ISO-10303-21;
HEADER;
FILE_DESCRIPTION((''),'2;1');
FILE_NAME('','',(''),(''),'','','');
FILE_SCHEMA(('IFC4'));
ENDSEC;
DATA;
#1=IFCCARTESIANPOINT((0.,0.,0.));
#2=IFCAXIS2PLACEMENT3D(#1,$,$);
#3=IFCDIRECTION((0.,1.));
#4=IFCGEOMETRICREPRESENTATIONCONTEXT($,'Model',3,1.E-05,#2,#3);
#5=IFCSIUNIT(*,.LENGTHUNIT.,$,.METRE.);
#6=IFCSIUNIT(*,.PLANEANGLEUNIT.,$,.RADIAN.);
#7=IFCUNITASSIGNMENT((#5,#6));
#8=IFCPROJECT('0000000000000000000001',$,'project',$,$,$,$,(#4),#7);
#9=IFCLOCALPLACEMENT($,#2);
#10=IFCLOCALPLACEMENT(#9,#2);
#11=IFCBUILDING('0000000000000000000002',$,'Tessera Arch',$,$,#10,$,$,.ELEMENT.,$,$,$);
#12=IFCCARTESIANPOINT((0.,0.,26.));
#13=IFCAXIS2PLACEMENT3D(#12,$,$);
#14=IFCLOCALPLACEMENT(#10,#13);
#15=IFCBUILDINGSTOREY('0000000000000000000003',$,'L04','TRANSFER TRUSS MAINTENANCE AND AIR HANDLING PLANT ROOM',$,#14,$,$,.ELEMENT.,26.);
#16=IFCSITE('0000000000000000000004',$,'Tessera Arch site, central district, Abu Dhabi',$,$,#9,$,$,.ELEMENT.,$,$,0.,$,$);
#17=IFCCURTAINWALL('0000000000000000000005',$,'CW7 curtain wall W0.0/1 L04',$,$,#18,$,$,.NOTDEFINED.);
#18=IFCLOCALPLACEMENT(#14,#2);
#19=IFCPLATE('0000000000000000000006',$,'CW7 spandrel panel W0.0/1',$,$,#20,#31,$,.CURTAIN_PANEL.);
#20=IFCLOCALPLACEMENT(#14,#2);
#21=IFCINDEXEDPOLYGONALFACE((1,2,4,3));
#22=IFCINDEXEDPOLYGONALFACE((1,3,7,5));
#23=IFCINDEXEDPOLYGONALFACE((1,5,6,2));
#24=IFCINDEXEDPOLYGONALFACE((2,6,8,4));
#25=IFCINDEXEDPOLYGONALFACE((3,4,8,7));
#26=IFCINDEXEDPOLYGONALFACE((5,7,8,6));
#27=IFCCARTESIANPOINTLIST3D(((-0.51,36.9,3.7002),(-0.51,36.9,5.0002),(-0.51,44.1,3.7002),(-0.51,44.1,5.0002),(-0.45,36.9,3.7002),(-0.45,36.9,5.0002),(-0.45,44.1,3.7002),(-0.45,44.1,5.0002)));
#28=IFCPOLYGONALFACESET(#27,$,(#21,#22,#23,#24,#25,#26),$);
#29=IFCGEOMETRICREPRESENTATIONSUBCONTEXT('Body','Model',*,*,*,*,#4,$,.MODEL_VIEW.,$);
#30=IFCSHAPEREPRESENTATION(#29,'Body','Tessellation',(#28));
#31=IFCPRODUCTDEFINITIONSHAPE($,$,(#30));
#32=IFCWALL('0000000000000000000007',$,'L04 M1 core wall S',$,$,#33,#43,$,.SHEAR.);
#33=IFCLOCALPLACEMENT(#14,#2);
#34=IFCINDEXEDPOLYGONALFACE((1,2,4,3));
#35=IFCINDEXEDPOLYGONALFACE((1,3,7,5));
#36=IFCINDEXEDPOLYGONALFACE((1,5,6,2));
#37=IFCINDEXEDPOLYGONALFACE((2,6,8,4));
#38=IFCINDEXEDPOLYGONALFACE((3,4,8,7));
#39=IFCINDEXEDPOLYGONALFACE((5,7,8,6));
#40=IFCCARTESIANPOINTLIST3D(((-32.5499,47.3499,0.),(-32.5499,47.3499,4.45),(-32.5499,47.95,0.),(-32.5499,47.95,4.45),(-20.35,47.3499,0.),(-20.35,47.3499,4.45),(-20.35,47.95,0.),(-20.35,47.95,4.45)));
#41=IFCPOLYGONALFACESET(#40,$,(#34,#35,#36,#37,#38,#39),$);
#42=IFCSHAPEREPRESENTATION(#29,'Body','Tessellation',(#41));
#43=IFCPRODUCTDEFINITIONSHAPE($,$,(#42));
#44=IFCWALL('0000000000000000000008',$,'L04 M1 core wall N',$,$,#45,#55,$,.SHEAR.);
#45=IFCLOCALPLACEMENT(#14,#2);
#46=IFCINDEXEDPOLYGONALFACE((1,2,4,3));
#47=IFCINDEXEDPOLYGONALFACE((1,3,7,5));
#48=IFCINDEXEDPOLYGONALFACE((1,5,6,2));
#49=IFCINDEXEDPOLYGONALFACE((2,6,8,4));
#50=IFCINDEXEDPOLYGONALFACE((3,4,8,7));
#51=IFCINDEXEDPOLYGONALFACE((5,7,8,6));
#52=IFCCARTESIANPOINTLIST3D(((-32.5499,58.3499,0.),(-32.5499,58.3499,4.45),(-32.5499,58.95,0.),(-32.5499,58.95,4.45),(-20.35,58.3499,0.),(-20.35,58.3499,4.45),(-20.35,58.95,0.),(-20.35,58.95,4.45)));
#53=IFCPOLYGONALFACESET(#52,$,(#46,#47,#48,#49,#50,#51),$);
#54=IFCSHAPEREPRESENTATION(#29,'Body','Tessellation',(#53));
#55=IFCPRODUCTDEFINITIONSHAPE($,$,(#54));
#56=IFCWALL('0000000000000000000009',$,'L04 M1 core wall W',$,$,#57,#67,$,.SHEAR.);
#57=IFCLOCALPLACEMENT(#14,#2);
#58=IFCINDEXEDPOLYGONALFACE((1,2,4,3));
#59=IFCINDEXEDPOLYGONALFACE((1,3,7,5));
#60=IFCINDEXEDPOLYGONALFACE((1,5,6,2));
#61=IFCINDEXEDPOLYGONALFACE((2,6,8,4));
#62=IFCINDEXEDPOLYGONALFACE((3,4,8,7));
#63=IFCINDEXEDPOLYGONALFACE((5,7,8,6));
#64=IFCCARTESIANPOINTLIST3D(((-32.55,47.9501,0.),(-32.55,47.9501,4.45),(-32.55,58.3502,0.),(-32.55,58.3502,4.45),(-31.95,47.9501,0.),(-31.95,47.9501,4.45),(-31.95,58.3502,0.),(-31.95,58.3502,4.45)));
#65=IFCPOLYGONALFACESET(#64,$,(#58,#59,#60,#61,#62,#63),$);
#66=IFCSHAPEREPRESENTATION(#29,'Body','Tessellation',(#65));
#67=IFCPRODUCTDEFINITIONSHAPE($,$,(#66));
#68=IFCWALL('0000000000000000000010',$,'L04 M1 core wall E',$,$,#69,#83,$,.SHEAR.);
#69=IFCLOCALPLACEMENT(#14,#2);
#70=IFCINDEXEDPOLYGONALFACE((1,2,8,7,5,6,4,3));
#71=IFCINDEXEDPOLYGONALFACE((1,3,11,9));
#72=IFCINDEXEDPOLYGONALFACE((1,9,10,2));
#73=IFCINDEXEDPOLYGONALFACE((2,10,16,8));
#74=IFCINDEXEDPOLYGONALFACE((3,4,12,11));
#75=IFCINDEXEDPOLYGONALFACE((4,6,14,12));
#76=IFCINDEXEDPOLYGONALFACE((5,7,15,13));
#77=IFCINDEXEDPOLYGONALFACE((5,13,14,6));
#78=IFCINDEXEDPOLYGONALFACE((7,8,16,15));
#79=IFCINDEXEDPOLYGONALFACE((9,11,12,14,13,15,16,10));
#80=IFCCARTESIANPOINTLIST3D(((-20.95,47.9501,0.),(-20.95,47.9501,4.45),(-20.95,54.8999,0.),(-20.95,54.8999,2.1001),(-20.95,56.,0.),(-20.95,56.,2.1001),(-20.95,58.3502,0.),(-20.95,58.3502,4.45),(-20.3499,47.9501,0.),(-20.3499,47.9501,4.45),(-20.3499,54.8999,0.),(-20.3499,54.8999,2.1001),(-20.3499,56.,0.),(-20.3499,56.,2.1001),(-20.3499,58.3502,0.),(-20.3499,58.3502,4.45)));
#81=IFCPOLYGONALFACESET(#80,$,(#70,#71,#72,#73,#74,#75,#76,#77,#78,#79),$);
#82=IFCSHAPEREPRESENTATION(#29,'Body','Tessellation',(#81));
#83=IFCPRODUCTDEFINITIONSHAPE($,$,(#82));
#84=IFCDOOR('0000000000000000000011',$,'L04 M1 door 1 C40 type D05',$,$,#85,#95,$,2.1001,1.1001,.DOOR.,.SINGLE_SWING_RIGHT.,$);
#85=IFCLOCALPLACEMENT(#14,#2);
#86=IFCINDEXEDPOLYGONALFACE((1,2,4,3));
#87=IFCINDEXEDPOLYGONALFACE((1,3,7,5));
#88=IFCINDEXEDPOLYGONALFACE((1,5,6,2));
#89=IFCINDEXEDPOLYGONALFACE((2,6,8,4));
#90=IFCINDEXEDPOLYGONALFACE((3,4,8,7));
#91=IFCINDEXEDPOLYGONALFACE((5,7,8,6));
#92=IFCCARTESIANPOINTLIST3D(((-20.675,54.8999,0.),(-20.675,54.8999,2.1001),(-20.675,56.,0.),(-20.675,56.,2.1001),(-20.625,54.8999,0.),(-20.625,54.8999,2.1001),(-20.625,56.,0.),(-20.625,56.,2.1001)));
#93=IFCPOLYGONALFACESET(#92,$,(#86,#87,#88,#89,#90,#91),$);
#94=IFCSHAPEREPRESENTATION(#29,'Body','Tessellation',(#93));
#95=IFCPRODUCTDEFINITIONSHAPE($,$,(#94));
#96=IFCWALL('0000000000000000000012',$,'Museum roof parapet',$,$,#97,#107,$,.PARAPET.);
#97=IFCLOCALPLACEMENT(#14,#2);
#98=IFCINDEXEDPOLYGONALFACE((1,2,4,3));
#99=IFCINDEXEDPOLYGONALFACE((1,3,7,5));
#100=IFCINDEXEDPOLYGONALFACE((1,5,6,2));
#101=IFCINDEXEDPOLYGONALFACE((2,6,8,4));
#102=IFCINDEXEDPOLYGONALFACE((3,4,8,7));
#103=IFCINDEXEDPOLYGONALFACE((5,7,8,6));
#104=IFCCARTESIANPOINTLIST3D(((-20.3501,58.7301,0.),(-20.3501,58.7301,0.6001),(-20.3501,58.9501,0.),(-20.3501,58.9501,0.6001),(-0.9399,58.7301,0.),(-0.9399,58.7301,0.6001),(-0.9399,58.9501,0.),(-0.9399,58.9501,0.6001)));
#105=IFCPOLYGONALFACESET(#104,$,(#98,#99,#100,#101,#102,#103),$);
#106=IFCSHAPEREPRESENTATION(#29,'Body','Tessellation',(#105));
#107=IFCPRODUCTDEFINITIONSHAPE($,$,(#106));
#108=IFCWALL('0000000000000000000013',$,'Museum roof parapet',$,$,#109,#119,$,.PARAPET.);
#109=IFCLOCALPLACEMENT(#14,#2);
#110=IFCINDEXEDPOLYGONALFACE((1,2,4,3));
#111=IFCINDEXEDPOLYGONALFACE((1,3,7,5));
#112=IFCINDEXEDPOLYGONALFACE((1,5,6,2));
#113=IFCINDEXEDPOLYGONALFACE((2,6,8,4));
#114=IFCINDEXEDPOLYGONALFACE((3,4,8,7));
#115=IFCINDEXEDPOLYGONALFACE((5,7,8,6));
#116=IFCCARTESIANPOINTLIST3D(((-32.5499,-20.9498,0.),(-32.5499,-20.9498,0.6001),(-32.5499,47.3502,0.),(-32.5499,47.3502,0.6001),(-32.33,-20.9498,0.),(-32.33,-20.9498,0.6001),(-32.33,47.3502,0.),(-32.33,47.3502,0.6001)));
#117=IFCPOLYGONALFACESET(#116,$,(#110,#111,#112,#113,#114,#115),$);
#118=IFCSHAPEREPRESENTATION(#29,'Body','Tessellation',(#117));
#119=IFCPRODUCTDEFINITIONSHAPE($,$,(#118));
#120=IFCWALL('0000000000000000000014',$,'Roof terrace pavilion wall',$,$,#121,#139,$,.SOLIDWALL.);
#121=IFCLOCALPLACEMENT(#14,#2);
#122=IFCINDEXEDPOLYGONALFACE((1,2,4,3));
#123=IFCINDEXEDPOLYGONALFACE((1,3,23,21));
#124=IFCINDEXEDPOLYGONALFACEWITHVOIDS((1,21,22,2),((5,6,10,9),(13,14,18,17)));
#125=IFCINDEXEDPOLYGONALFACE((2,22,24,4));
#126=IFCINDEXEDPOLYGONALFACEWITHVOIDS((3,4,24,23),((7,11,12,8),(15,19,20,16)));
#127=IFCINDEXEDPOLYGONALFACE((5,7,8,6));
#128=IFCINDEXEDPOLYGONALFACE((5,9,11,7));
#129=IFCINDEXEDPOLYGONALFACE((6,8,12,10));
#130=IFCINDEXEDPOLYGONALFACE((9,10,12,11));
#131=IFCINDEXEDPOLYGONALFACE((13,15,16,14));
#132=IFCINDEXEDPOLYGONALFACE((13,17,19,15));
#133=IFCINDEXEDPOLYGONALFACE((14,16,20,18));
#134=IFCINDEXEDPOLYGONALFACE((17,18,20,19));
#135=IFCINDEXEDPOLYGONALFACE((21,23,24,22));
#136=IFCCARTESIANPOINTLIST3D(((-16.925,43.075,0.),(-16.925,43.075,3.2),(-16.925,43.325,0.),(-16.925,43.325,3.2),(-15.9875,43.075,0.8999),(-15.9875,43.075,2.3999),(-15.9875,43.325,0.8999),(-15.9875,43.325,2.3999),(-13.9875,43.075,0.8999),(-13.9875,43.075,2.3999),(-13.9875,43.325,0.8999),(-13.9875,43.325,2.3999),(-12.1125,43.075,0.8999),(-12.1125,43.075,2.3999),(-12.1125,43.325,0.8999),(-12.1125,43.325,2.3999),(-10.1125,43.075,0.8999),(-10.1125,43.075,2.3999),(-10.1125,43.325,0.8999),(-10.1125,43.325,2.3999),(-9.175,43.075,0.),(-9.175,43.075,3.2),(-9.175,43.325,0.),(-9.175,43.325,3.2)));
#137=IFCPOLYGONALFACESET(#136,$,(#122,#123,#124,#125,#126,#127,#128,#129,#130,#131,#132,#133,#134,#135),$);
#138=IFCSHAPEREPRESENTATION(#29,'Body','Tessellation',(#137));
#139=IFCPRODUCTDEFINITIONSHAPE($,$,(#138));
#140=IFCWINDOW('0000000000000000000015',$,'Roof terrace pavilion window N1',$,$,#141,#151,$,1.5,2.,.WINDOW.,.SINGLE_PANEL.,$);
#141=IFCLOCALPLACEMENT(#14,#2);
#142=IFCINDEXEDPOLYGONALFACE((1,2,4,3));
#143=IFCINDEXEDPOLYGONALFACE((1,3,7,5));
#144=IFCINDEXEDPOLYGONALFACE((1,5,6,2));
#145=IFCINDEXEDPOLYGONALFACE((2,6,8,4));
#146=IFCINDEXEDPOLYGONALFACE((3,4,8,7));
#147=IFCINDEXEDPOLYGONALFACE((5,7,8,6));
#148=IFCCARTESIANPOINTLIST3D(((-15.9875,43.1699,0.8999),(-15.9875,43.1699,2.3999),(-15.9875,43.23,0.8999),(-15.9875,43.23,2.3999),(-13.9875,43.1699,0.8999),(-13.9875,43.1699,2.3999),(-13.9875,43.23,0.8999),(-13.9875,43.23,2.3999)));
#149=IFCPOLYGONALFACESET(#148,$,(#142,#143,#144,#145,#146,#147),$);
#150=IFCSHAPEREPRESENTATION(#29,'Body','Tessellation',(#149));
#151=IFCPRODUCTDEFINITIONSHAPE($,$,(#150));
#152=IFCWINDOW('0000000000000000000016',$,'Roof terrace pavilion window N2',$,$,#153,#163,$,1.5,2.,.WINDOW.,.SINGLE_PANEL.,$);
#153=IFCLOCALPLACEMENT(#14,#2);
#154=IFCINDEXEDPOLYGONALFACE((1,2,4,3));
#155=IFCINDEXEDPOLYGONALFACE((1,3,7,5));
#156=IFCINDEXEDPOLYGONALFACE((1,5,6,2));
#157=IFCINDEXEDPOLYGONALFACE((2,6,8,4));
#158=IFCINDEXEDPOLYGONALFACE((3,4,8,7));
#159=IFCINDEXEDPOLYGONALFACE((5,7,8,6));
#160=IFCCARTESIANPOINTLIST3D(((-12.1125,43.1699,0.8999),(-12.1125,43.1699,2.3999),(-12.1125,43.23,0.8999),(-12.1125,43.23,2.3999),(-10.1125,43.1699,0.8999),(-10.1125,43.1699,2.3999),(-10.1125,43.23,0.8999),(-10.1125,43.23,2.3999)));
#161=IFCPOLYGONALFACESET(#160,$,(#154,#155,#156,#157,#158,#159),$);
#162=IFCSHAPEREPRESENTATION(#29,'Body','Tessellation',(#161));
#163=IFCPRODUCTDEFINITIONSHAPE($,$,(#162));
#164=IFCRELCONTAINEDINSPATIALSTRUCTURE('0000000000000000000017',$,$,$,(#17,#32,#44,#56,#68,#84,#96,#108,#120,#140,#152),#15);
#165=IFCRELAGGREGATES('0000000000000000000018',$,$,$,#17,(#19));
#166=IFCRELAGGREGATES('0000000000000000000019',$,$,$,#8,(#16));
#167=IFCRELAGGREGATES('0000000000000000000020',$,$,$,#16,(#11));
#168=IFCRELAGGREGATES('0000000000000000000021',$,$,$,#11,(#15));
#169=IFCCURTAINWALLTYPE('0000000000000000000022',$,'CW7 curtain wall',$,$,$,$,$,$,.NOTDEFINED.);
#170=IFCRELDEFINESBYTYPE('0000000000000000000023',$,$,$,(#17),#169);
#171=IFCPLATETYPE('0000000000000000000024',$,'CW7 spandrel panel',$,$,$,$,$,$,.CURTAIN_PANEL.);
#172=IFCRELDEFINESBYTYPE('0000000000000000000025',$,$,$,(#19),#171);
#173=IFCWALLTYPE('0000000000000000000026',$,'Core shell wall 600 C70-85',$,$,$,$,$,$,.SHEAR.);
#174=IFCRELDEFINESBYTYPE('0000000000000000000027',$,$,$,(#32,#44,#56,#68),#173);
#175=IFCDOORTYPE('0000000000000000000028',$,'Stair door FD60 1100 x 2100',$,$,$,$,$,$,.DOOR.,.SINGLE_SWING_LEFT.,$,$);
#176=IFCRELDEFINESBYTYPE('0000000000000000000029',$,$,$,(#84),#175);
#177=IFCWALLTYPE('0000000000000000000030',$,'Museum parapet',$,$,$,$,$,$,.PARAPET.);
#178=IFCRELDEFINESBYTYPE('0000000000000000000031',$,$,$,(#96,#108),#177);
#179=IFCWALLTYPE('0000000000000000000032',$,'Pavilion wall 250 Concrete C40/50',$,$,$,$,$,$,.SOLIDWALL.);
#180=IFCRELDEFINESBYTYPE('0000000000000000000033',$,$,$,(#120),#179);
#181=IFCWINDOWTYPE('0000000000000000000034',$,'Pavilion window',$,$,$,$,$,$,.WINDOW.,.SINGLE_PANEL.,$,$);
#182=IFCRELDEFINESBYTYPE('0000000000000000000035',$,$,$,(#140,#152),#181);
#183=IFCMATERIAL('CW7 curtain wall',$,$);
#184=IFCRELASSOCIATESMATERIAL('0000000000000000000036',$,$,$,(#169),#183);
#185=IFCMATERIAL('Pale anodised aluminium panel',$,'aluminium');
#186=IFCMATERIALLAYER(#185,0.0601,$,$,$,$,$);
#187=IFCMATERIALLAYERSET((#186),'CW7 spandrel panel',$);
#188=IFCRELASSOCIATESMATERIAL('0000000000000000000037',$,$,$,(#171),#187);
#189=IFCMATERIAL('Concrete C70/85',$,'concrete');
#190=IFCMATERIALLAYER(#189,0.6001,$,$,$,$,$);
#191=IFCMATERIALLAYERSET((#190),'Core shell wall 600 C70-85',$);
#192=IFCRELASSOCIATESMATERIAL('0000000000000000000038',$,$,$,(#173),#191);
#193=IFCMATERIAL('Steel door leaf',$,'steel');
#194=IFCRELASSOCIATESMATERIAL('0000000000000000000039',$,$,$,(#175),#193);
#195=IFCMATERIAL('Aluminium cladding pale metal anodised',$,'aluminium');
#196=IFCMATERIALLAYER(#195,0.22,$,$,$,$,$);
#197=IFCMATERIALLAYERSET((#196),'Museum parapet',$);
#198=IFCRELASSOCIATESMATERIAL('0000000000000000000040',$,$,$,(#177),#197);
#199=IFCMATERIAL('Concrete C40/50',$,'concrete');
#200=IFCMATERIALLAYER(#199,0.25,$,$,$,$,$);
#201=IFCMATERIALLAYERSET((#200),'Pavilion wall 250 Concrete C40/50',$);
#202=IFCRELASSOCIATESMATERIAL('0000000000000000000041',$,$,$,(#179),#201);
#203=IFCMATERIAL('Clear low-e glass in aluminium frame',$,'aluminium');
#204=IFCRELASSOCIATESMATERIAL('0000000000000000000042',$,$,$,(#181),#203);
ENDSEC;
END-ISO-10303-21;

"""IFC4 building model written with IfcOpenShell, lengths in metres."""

from ifc_helpers import new_model, si_unit, direction, frame, frame_2d, origin, origin_2d, place, context, subcontext, project, spatial, rectangle, extrude, material, layer, layer_set, type_object, element, fill, aggregate, save


model = new_model("IFC4")

# Units and contexts
model_context = context("Model", 3, precision=1e-05, world=origin(), true_north=direction((0.0, 1.0)))
body_context = subcontext(model_context, "Body", "Model", "MODEL_VIEW")
ifc_project = project(units=[si_unit("LENGTHUNIT", "METRE"), si_unit("PLANEANGLEUNIT", "RADIAN")], contexts=[model_context])

# Site, building, storey
site_placement = place(None, origin())
site = spatial("IfcSite", under=ifc_project, at=site_placement, Name="Tessera Arch site, central district, Abu Dhabi", CompositionType="ELEMENT", RefElevation=0.0)
building_placement = place(site_placement, origin())
building = spatial("IfcBuilding", under=site, at=building_placement, Name="Tessera Arch", CompositionType="ELEMENT")
storey_placement = place(building_placement, frame((0.0, 0.0, 26.0)))
storey = spatial("IfcBuildingStorey", under=building, at=storey_placement, Name="L04", Description="TRANSFER TRUSS MAINTENANCE AND AIR HANDLING PLANT ROOM", CompositionType="ELEMENT", Elevation=26.0)

# Curtain wall, plate
ifc_material_1 = material(Name="CW7 curtain wall")
curtain_wall_type = type_object("IfcCurtainWallType", Name="CW7 curtain wall", PredefinedType="NOTDEFINED", material=ifc_material_1)
curtain_wall_placement = place(storey_placement, origin())
curtain_wall = element("IfcCurtainWall", 1, at=curtain_wall_placement, inside=storey, type_object=curtain_wall_type, Name="CW7 curtain wall W0.0/1 L04", PredefinedType="NOTDEFINED")
ifc_material_2 = material(Name="Pale anodised aluminium panel", Category="aluminium")
ifc_layer_1 = layer(ifc_material_2, 0.0601)
ifc_layer_set_1 = layer_set([ifc_layer_1], Name="CW7 spandrel panel")
plate_type = type_object("IfcPlateType", Name="CW7 spandrel panel", PredefinedType="CURTAIN_PANEL", material=ifc_layer_set_1)
plate_placement = place(storey_placement, frame((-0.48, 40.5, 3.7002), z_axis=(0.0, 0.0, 1.0), x_axis=(0.0, -1.0, 0.0)))
plate = element("IfcPlate", 2, at=plate_placement, type_object=plate_type, Name="CW7 spandrel panel W0.0/1", PredefinedType="CURTAIN_PANEL", context=body_context, shape_type="SweptSolid", body=[
    extrude(rectangle(XDim=7.2, YDim=0.0601, at=origin_2d()), origin(), (0.0, 0.0, 1.0), 1.3),
])
aggregate(curtain_wall, [plate])

# Walls
ifc_material_3 = material(Name="Concrete C70/85", Category="concrete")
ifc_layer_2 = layer(ifc_material_3, 0.6001)
ifc_layer_set_2 = layer_set([ifc_layer_2], Name="Core shell wall 600 C70-85")
wall_type_1 = type_object("IfcWallType", Name="Core shell wall 600 C70-85", PredefinedType="SHEAR", material=ifc_layer_set_2)
for number, where, z_axis, x_axis, name in (
    (3, (-32.55, 47.6499, 0.0), (0.0, 0.0, 1.0), (1.0, 0.0, 0.0), "L04 M1 core wall S"),
    (4, (-32.55, 58.6499, 0.0), (0.0, 0.0, 1.0), (1.0, 0.0, 0.0), "L04 M1 core wall N"),
):
    element("IfcWall", number, at=place(storey_placement, frame(where, z_axis=z_axis, x_axis=x_axis)), inside=storey, type_object=wall_type_1, Name=name, PredefinedType="SHEAR", context=body_context, shape_type="SweptSolid", body=[
        extrude(rectangle(XDim=12.2, YDim=0.6001, at=frame_2d((6.1001, 0.0))), origin(), (0.0, 0.0, 1.0), 4.45),
    ])
wall_1_placement = place(storey_placement, frame((-32.25, 47.95, 0.0), z_axis=(0.0, 0.0, 1.0), x_axis=(0.0, 1.0, 0.0)))
element("IfcWall", 5, at=wall_1_placement, inside=storey, type_object=wall_type_1, Name="L04 M1 core wall W", PredefinedType="SHEAR", context=body_context, shape_type="SweptSolid", body=[
    extrude(rectangle(XDim=10.4001, YDim=0.6001, at=frame_2d((5.2002, 0.0))), origin(), (0.0, 0.0, 1.0), 4.45),
])

# Wall, opening, door
wall_2_placement = place(storey_placement, frame((-20.6499, 47.95, 0.0), z_axis=(0.0, 0.0, 1.0), x_axis=(0.0, 1.0, 0.0)))
wall_2 = element("IfcWall", 6, at=wall_2_placement, inside=storey, type_object=wall_type_1, Name="L04 M1 core wall E", PredefinedType="SHEAR", context=body_context, shape_type="SweptSolid", body=[
    extrude(rectangle(XDim=10.4001, YDim=0.6001, at=frame_2d((5.2002, 0.0))), origin(), (0.0, 0.0, 1.0), 4.45),
])
opening_1_placement = place(wall_2_placement, frame((8.05, 0.0, 0.0), z_axis=(0.0, 0.0, 1.0), x_axis=(-1.0, 0.0, 0.0)))
opening_1 = element("IfcOpeningElement", 7, at=opening_1_placement, cuts=wall_2, PredefinedType="OPENING", context=body_context, shape_type="SweptSolid", body=[
    extrude(rectangle(XDim=1.1001, YDim=2.1001, at=frame_2d((0.55, 1.05))), frame((0.0, 0.3101, 0.0), z_axis=(0.0, -1.0, 0.0), x_axis=(1.0, 0.0, 0.0)), (0.0, 0.0, 1.0), 0.6201),
])
ifc_material_4 = material(Name="Steel door leaf", Category="steel")
door_type = type_object("IfcDoorType", Name="Stair door FD60 1100 x 2100", OperationType="SINGLE_SWING_LEFT", PredefinedType="DOOR", material=ifc_material_4)
door_placement = place(opening_1_placement, origin())
door = element("IfcDoor", 8, at=door_placement, inside=storey, type_object=door_type, Name="L04 M1 door 1 C40 type D05", OperationType="SINGLE_SWING_RIGHT", OverallHeight=2.1001, OverallWidth=1.1001, PredefinedType="DOOR", context=body_context, shape_type="SweptSolid", body=[
    extrude(rectangle(XDim=1.1001, YDim=2.1001, at=frame_2d((0.55, 1.05))), frame((0.0, 0.0249, 0.0), z_axis=(0.0, -1.0, 0.0), x_axis=(1.0, 0.0, 0.0)), (0.0, 0.0, 1.0), 0.05),
])
fill(opening_1, door)

# Walls
ifc_material_5 = material(Name="Aluminium cladding pale metal anodised", Category="aluminium")
ifc_layer_3 = layer(ifc_material_5, 0.22)
ifc_layer_set_3 = layer_set([ifc_layer_3], Name="Museum parapet")
wall_type_2 = type_object("IfcWallType", Name="Museum parapet", PredefinedType="PARAPET", material=ifc_layer_set_3)
wall_3_placement = place(storey_placement, frame((-0.9399, 58.8401, 0.0), z_axis=(0.0, 0.0, 1.0), x_axis=(-1.0, 0.0, 0.0)))
element("IfcWall", 9, at=wall_3_placement, inside=storey, type_object=wall_type_2, Name="Museum roof parapet", PredefinedType="PARAPET", context=body_context, shape_type="SweptSolid", body=[
    extrude(rectangle(XDim=19.4102, YDim=0.22, at=frame_2d((9.7051, 0.0))), origin(), (0.0, 0.0, 1.0), 0.6001),
])
wall_4_placement = place(storey_placement, frame((-32.4399, 47.3501, 0.0), z_axis=(0.0, 0.0, 1.0), x_axis=(0.0, -1.0, 0.0)))
element("IfcWall", 10, at=wall_4_placement, inside=storey, type_object=wall_type_2, Name="Museum roof parapet", PredefinedType="PARAPET", context=body_context, shape_type="SweptSolid", body=[
    extrude(rectangle(XDim=68.3, YDim=0.22, at=frame_2d((34.1499, 0.0))), origin(), (0.0, 0.0, 1.0), 0.6001),
])

# Wall, openings, windows
ifc_material_6 = material(Name="Concrete C40/50", Category="concrete")
ifc_layer_4 = layer(ifc_material_6, 0.25)
ifc_layer_set_4 = layer_set([ifc_layer_4], Name="Pavilion wall 250 Concrete C40/50")
wall_type_3 = type_object("IfcWallType", Name="Pavilion wall 250 Concrete C40/50", PredefinedType="SOLIDWALL", material=ifc_layer_set_4)
wall_5_placement = place(storey_placement, frame((-16.925, 43.2, 0.0), z_axis=(0.0, 0.0, 1.0), x_axis=(1.0, 0.0, 0.0)))
wall_5 = element("IfcWall", 11, at=wall_5_placement, inside=storey, type_object=wall_type_3, Name="Roof terrace pavilion wall", PredefinedType="SOLIDWALL", context=body_context, shape_type="SweptSolid", body=[
    extrude(rectangle(XDim=7.75, YDim=0.25, at=frame_2d((3.875, 0.0))), origin(), (0.0, 0.0, 1.0), 3.2),
])
opening_2_placement = place(wall_5_placement, frame((0.9375, 0.0, 0.8999)))
opening_2 = element("IfcOpeningElement", 12, at=opening_2_placement, cuts=wall_5, PredefinedType="OPENING", context=body_context, shape_type="SweptSolid", body=[
    extrude(rectangle(XDim=2.0, YDim=1.5, at=frame_2d((1.0, 0.75))), frame((0.0, 0.135, 0.0), z_axis=(0.0, -1.0, 0.0), x_axis=(1.0, 0.0, 0.0)), (0.0, 0.0, 1.0), 0.27),
])
opening_3_placement = place(wall_5_placement, frame((4.8125, 0.0, 0.8999)))
opening_3 = element("IfcOpeningElement", 13, at=opening_3_placement, cuts=wall_5, PredefinedType="OPENING", context=body_context, shape_type="SweptSolid", body=[
    extrude(rectangle(XDim=2.0, YDim=1.5, at=frame_2d((1.0, 0.75))), frame((0.0, 0.135, 0.0), z_axis=(0.0, -1.0, 0.0), x_axis=(1.0, 0.0, 0.0)), (0.0, 0.0, 1.0), 0.27),
])
ifc_material_7 = material(Name="Clear low-e glass in aluminium frame", Category="aluminium")
window_type = type_object("IfcWindowType", Name="Pavilion window", PartitioningType="SINGLE_PANEL", PredefinedType="WINDOW", material=ifc_material_7)
window_1_placement = place(opening_2_placement, origin())
window_1 = element("IfcWindow", 14, at=window_1_placement, inside=storey, type_object=window_type, Name="Roof terrace pavilion window N1", OverallHeight=1.5, OverallWidth=2.0, PartitioningType="SINGLE_PANEL", PredefinedType="WINDOW", context=body_context, shape_type="SweptSolid", body=[
    extrude(rectangle(XDim=2.0, YDim=1.5, at=frame_2d((1.0, 0.75))), frame((0.0, 0.03, 0.0), z_axis=(0.0, -1.0, 0.0), x_axis=(1.0, 0.0, 0.0)), (0.0, 0.0, 1.0), 0.0601),
])
fill(opening_2, window_1)
window_2_placement = place(opening_3_placement, origin())
window_2 = element("IfcWindow", 15, at=window_2_placement, inside=storey, type_object=window_type, Name="Roof terrace pavilion window N2", OverallHeight=1.5, OverallWidth=2.0, PartitioningType="SINGLE_PANEL", PredefinedType="WINDOW", context=body_context, shape_type="SweptSolid", body=[
    extrude(rectangle(XDim=2.0, YDim=1.5, at=frame_2d((1.0, 0.75))), frame((0.0, 0.03, 0.0), z_axis=(0.0, -1.0, 0.0), x_axis=(1.0, 0.0, 0.0)), (0.0, 0.0, 1.0), 0.0601),
])
fill(opening_3, window_2)

save(model, "model.ifc")
